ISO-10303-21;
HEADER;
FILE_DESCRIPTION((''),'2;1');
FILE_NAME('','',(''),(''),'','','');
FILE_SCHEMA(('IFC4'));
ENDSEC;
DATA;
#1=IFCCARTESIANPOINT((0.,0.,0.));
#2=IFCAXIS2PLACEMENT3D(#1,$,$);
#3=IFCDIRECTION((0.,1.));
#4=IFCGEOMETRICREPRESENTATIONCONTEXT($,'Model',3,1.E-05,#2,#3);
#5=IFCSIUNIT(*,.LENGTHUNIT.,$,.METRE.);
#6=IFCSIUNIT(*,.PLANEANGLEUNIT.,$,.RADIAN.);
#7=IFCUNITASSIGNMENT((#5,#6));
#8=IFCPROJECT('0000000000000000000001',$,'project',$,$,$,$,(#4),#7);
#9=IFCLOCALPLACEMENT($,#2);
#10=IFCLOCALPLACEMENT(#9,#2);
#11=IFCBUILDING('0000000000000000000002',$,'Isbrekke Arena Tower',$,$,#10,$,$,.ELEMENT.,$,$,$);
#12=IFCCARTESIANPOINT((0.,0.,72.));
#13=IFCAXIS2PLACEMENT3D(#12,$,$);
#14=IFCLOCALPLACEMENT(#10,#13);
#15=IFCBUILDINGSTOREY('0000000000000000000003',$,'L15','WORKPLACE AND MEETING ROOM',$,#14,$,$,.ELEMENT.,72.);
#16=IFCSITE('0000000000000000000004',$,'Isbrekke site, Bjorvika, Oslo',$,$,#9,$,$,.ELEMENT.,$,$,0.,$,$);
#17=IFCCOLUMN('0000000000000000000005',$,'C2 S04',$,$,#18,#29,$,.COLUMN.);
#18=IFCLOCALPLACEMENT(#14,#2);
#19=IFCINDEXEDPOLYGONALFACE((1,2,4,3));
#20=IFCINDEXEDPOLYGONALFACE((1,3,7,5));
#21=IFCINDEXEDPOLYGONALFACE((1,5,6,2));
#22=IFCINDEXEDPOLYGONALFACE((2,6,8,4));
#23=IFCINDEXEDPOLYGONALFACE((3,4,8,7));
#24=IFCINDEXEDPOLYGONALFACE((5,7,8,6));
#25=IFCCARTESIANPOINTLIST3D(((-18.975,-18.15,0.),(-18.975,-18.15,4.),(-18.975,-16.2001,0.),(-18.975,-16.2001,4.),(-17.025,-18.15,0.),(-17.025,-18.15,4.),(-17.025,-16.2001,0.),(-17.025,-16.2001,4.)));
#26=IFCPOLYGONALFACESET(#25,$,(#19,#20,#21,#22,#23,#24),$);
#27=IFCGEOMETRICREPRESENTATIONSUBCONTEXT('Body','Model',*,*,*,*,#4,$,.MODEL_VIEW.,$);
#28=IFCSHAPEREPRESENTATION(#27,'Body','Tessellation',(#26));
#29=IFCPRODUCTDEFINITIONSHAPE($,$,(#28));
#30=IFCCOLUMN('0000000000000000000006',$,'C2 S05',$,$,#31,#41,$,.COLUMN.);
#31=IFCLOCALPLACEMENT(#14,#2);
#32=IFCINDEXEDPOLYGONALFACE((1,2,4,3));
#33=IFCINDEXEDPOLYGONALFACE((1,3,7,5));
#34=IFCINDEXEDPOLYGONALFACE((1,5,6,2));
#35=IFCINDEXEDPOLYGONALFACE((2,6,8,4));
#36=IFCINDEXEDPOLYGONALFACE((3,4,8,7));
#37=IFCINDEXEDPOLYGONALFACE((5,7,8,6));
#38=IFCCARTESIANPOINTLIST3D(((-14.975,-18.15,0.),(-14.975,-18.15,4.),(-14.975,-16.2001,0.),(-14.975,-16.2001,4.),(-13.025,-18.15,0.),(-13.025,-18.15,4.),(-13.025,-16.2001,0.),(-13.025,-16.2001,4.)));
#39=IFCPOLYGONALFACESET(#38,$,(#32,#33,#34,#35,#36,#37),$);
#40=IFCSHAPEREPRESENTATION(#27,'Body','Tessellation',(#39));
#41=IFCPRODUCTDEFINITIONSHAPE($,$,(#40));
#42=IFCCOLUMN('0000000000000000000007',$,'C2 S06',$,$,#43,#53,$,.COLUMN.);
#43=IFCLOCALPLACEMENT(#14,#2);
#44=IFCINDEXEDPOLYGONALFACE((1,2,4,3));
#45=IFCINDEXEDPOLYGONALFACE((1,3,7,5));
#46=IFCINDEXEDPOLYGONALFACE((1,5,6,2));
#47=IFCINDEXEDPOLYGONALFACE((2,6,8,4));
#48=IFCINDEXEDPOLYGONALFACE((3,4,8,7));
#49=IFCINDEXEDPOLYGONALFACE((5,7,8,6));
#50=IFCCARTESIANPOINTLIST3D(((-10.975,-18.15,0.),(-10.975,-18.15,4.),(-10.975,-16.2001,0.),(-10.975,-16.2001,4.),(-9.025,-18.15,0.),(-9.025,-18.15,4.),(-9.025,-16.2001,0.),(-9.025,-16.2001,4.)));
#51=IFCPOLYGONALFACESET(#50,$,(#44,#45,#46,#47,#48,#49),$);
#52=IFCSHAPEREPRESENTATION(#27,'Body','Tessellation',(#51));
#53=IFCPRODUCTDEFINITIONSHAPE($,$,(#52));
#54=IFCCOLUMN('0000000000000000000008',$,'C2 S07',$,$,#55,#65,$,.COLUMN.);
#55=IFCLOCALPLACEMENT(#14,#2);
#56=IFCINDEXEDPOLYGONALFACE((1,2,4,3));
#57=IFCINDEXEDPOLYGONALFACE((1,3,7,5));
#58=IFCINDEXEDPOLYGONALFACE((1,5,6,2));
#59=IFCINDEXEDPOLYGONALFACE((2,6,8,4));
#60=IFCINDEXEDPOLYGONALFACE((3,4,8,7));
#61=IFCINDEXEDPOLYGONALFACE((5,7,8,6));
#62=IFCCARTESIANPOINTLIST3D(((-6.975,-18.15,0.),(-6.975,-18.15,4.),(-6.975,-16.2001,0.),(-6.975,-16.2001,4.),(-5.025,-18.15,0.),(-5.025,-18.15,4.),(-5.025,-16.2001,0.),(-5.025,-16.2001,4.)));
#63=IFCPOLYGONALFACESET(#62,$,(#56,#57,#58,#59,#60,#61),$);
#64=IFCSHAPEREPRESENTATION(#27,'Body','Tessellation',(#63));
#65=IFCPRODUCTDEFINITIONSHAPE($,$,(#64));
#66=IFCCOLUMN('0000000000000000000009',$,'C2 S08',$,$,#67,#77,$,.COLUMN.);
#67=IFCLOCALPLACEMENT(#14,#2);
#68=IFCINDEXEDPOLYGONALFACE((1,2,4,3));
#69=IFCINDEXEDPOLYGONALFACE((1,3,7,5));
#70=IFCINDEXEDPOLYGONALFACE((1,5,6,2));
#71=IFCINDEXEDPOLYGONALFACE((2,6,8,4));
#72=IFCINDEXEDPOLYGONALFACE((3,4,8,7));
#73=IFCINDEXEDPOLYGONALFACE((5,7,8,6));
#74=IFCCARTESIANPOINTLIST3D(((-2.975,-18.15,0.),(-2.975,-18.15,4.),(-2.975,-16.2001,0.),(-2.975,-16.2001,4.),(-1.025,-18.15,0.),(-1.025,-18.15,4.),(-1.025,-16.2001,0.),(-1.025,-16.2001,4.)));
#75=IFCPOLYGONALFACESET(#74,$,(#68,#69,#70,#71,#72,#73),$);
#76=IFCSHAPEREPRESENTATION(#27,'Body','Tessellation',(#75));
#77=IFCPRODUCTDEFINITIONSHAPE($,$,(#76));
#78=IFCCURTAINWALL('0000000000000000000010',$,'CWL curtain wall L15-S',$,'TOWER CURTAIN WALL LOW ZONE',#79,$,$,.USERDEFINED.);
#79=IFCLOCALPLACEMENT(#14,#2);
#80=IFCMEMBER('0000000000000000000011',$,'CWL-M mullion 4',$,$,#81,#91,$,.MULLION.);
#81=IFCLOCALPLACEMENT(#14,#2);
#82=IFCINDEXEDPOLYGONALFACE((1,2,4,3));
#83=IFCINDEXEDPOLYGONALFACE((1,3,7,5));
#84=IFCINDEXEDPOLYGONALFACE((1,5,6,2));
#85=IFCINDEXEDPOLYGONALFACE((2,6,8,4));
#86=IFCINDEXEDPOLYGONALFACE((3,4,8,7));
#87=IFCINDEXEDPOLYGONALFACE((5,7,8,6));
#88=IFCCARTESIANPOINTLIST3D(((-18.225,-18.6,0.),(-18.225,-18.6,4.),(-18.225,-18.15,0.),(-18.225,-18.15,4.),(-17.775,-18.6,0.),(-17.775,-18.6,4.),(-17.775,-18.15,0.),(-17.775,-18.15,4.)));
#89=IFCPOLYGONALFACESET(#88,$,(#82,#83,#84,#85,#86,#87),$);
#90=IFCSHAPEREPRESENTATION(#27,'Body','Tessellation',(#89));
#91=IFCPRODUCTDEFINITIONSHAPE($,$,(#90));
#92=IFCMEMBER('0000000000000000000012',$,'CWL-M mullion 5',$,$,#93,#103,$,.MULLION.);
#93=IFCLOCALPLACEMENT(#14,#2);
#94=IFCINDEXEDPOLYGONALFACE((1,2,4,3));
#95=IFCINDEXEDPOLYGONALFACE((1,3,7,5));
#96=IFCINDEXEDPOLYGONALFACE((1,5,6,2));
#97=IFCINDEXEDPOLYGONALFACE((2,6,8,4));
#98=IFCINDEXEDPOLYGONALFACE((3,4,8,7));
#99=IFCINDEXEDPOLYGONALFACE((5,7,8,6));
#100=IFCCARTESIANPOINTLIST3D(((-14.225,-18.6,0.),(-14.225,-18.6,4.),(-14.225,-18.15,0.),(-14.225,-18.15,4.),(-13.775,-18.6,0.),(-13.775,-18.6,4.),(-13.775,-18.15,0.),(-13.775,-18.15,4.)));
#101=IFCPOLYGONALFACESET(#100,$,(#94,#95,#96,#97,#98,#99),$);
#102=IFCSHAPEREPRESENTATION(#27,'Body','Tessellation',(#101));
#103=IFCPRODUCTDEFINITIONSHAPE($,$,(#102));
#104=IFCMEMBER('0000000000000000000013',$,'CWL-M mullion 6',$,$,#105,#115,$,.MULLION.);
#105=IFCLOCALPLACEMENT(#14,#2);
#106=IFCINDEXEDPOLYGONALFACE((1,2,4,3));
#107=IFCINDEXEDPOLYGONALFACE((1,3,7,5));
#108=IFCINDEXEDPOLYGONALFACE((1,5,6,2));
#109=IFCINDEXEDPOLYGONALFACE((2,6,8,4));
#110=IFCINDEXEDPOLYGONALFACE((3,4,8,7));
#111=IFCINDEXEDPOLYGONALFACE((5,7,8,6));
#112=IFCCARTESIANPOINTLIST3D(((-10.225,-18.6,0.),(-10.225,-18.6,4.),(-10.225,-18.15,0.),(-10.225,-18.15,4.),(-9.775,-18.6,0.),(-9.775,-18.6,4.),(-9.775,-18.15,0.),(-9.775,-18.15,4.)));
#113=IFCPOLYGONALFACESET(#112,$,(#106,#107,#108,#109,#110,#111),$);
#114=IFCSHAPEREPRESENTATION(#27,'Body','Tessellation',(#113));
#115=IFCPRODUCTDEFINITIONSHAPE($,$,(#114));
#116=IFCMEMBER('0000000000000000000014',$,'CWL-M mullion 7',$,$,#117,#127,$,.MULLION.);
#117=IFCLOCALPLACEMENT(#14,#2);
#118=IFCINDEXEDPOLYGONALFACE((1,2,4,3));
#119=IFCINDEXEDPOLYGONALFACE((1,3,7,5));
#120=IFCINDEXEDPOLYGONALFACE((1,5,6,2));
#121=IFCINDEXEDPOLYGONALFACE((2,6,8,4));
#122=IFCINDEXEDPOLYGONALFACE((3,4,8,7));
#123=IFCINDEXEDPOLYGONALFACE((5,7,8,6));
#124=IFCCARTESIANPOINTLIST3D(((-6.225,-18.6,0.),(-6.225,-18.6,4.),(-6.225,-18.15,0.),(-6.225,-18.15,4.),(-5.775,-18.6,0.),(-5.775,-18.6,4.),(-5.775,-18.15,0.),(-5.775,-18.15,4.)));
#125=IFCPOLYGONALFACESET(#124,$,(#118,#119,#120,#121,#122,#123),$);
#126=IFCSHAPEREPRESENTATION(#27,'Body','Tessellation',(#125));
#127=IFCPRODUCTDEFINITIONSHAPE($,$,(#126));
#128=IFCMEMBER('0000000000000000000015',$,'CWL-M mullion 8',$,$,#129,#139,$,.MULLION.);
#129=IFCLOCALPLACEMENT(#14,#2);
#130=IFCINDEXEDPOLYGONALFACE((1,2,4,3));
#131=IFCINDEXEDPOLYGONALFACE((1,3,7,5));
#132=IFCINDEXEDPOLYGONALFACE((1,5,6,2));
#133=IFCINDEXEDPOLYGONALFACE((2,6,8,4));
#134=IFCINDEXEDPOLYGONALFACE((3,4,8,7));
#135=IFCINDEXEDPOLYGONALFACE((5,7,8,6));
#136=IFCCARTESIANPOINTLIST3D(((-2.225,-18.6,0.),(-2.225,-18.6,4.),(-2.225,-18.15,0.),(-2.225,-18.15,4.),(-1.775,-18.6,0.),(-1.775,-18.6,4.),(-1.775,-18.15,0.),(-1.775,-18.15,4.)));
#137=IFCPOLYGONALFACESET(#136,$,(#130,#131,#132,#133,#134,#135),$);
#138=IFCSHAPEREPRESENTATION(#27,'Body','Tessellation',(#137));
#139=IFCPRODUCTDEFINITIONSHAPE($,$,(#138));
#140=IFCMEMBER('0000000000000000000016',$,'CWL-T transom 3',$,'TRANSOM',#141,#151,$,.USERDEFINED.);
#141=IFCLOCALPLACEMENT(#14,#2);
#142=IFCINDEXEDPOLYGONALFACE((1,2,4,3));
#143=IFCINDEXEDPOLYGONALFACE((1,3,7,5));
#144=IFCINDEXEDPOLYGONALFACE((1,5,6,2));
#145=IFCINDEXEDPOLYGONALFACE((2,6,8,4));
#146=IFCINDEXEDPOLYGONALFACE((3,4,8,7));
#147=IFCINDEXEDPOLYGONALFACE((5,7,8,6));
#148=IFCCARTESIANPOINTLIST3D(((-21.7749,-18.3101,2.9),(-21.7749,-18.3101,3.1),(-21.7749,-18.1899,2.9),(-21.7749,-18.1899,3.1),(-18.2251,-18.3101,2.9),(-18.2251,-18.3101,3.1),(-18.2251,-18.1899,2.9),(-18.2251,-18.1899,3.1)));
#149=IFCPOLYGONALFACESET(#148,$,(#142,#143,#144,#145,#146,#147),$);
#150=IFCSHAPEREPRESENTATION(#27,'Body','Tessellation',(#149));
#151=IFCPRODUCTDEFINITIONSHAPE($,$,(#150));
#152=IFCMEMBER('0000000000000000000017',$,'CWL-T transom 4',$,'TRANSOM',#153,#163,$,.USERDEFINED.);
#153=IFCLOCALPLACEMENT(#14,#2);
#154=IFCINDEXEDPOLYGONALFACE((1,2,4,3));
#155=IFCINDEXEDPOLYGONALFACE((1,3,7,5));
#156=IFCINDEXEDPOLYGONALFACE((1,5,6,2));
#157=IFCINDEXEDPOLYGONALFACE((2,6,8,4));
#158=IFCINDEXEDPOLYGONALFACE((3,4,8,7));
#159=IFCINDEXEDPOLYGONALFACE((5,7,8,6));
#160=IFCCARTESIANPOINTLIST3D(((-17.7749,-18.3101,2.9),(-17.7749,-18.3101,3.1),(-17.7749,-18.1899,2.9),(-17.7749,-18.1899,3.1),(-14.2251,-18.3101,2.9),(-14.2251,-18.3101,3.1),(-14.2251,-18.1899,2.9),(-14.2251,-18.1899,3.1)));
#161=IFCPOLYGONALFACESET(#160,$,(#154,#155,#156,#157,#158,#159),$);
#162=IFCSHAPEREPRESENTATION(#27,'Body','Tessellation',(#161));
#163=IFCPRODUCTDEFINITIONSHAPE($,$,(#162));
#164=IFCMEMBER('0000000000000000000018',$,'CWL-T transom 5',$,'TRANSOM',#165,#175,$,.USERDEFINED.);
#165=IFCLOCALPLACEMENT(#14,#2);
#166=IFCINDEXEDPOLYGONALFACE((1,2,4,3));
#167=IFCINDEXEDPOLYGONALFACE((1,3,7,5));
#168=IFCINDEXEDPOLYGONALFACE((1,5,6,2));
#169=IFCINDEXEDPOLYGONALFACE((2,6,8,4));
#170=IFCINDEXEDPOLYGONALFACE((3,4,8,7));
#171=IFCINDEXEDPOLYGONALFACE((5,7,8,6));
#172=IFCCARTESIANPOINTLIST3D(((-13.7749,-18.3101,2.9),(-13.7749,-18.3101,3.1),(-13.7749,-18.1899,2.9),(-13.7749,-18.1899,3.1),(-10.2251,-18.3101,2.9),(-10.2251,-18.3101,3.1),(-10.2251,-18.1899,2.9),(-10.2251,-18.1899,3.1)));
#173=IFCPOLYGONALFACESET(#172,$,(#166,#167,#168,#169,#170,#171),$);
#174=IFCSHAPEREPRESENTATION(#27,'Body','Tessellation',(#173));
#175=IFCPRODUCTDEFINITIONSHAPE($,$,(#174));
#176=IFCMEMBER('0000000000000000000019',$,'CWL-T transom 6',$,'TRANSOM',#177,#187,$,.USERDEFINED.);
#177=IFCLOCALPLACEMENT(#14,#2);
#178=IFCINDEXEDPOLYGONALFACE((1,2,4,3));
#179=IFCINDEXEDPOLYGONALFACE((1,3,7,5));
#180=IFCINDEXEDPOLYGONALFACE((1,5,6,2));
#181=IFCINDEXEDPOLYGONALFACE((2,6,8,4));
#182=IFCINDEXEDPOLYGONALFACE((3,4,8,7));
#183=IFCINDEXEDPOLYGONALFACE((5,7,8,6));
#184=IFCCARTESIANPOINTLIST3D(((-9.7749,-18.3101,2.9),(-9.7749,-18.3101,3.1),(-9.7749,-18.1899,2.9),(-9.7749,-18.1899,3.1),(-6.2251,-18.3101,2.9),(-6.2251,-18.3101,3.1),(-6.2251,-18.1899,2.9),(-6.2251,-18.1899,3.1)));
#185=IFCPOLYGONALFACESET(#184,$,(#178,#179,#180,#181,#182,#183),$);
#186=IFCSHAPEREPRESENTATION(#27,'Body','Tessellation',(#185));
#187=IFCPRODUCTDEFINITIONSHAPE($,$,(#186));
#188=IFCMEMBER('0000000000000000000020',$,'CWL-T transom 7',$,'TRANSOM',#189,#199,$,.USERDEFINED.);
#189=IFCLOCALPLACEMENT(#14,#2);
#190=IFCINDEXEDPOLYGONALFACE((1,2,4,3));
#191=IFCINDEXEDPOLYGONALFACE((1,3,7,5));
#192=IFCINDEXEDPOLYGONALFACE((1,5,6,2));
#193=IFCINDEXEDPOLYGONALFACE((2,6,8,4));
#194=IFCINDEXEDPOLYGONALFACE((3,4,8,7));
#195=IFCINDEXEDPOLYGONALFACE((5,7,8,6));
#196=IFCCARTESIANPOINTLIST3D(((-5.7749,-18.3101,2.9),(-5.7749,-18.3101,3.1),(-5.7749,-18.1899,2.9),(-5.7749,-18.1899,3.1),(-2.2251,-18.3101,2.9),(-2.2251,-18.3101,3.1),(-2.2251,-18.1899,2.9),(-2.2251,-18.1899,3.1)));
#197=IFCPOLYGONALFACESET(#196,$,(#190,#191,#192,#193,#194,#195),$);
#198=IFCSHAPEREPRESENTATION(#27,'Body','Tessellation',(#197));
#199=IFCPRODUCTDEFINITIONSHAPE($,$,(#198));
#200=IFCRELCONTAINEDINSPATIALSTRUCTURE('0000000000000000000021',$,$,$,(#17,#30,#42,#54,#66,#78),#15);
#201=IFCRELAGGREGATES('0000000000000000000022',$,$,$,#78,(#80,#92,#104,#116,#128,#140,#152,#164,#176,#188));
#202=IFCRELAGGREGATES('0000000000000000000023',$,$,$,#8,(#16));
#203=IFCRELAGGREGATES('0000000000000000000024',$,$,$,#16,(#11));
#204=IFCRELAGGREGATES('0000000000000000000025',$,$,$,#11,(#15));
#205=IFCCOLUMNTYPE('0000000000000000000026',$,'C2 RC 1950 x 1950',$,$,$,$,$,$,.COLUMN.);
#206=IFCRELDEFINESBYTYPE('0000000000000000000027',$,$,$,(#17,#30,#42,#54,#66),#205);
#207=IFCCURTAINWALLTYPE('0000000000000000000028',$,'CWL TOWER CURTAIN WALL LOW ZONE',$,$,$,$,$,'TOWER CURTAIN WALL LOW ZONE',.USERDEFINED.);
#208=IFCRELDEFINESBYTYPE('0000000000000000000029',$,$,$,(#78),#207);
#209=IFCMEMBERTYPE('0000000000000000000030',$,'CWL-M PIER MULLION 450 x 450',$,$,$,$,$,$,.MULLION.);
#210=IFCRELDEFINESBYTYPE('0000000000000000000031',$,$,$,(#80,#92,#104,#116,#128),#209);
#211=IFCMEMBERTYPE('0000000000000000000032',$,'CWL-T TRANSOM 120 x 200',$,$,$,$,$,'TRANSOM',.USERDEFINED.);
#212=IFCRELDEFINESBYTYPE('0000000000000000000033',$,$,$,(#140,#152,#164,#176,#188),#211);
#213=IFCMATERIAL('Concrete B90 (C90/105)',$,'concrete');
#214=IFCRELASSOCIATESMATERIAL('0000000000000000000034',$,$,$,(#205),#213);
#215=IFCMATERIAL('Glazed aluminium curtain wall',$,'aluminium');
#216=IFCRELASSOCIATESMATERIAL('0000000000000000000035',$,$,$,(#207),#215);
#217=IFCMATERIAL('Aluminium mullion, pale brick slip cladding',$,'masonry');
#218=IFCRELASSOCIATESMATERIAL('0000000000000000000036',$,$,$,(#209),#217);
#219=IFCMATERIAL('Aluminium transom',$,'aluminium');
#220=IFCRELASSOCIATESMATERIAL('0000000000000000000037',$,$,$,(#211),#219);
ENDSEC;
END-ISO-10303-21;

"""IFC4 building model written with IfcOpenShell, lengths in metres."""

from ifc_helpers import new_model, si_unit, direction, frame, origin, origin_2d, place, context, subcontext, project, spatial, rectangle, extrude, material, material_profile, profile_set, type_object, element, aggregate, save


model = new_model("IFC4")

# Units and contexts
model_context = context("Model", 3, precision=1e-05, world=origin(), true_north=direction((0.0, 1.0)))
body_context = subcontext(model_context, "Body", "Model", "MODEL_VIEW")
ifc_project = project(units=[si_unit("LENGTHUNIT", "METRE"), si_unit("PLANEANGLEUNIT", "RADIAN")], contexts=[model_context])

# Site, building, storey
site_placement = place(None, origin())
site = spatial("IfcSite", under=ifc_project, at=site_placement, Name="Isbrekke site, Bjorvika, Oslo", CompositionType="ELEMENT", RefElevation=0.0)
building_placement = place(site_placement, origin())
building = spatial("IfcBuilding", under=site, at=building_placement, Name="Isbrekke Arena Tower", CompositionType="ELEMENT")
storey_placement = place(building_placement, frame((0.0, 0.0, 72.0)))
storey = spatial("IfcBuildingStorey", under=building, at=storey_placement, Name="L15", Description="WORKPLACE AND MEETING ROOM", CompositionType="ELEMENT", Elevation=72.0)

# Columns
ifc_material_1 = material(Name="Concrete B90 (C90/105)", Category="concrete")
ifc_material_profile_1 = material_profile(ifc_material_1, rectangle(XDim=1.95, YDim=1.95, at=origin_2d()), Name="RC 1950x1950")
ifc_profile_set_1 = profile_set([ifc_material_profile_1], Name="Concrete B90 (C90/105)")
column_type = type_object("IfcColumnType", Name="C2 RC 1950 x 1950", PredefinedType="COLUMN", material=ifc_profile_set_1)
for number, where, z_axis, x_axis, name in (
    (1, (-18.0, -17.175, 0.0), (0.0, 0.0, 1.0), (1.0, 0.0, 0.0), "C2 S04"),
    (2, (-14.0, -17.175, 0.0), (0.0, 0.0, 1.0), (1.0, 0.0, 0.0), "C2 S05"),
    (3, (-10.0, -17.175, 0.0), (0.0, 0.0, 1.0), (1.0, 0.0, 0.0), "C2 S06"),
    (4, (-6.0, -17.175, 0.0), (0.0, 0.0, 1.0), (1.0, 0.0, 0.0), "C2 S07"),
    (5, (-2.0, -17.175, 0.0), (0.0, 0.0, 1.0), (1.0, 0.0, 0.0), "C2 S08"),
):
    element("IfcColumn", number, at=place(storey_placement, frame(where, z_axis=z_axis, x_axis=x_axis)), inside=storey, type_object=column_type, Name=name, PredefinedType="COLUMN", context=body_context, shape_type="SweptSolid", body=[
        extrude(rectangle(XDim=1.95, YDim=1.95, at=origin_2d()), origin(), (0.0, 0.0, 1.0), 4.0),
    ])

# Curtain wall, members
ifc_material_2 = material(Name="Glazed aluminium curtain wall", Category="aluminium")
curtain_wall_type = type_object("IfcCurtainWallType", Name="CWL TOWER CURTAIN WALL LOW ZONE", ElementType="TOWER CURTAIN WALL LOW ZONE", PredefinedType="USERDEFINED", material=ifc_material_2)
curtain_wall_placement = place(storey_placement, origin())
curtain_wall = element("IfcCurtainWall", 6, at=curtain_wall_placement, inside=storey, type_object=curtain_wall_type, Name="CWL curtain wall L15-S", ObjectType="TOWER CURTAIN WALL LOW ZONE", PredefinedType="USERDEFINED")
ifc_material_3 = material(Name="Aluminium mullion, pale brick slip cladding", Category="masonry")
ifc_material_profile_2 = material_profile(ifc_material_3, rectangle(XDim=0.45, YDim=0.45, at=origin_2d()), Name="PIER 450X450")
ifc_profile_set_2 = profile_set([ifc_material_profile_2], Name="Aluminium mullion, pale brick slip cladding")
member_type_1 = type_object("IfcMemberType", Name="CWL-M PIER MULLION 450 x 450", PredefinedType="MULLION", material=ifc_profile_set_2)
member_1_placement = place(storey_placement, frame((-18.0, -18.375, 0.0), z_axis=(0.0, 0.0, 1.0), x_axis=(1.0, 0.0, 0.0)))
member_1 = element("IfcMember", 7, at=member_1_placement, type_object=member_type_1, Name="CWL-M mullion 4", PredefinedType="MULLION", context=body_context, shape_type="SweptSolid", body=[
    extrude(rectangle(XDim=0.45, YDim=0.45, at=origin_2d()), origin(), (0.0, 0.0, 1.0), 4.0),
])
member_2_placement = place(storey_placement, frame((-14.0, -18.375, 0.0), z_axis=(0.0, 0.0, 1.0), x_axis=(1.0, 0.0, 0.0)))
member_2 = element("IfcMember", 8, at=member_2_placement, type_object=member_type_1, Name="CWL-M mullion 5", PredefinedType="MULLION", context=body_context, shape_type="SweptSolid", body=[
    extrude(rectangle(XDim=0.45, YDim=0.45, at=origin_2d()), origin(), (0.0, 0.0, 1.0), 4.0),
])
member_3_placement = place(storey_placement, frame((-10.0, -18.375, 0.0), z_axis=(0.0, 0.0, 1.0), x_axis=(1.0, 0.0, 0.0)))
member_3 = element("IfcMember", 9, at=member_3_placement, type_object=member_type_1, Name="CWL-M mullion 6", PredefinedType="MULLION", context=body_context, shape_type="SweptSolid", body=[
    extrude(rectangle(XDim=0.45, YDim=0.45, at=origin_2d()), origin(), (0.0, 0.0, 1.0), 4.0),
])
member_4_placement = place(storey_placement, frame((-6.0, -18.375, 0.0), z_axis=(0.0, 0.0, 1.0), x_axis=(1.0, 0.0, 0.0)))
member_4 = element("IfcMember", 10, at=member_4_placement, type_object=member_type_1, Name="CWL-M mullion 7", PredefinedType="MULLION", context=body_context, shape_type="SweptSolid", body=[
    extrude(rectangle(XDim=0.45, YDim=0.45, at=origin_2d()), origin(), (0.0, 0.0, 1.0), 4.0),
])
member_5_placement = place(storey_placement, frame((-2.0, -18.375, 0.0), z_axis=(0.0, 0.0, 1.0), x_axis=(1.0, 0.0, 0.0)))
member_5 = element("IfcMember", 11, at=member_5_placement, type_object=member_type_1, Name="CWL-M mullion 8", PredefinedType="MULLION", context=body_context, shape_type="SweptSolid", body=[
    extrude(rectangle(XDim=0.45, YDim=0.45, at=origin_2d()), origin(), (0.0, 0.0, 1.0), 4.0),
])
ifc_material_4 = material(Name="Aluminium transom", Category="aluminium")
ifc_material_profile_3 = material_profile(ifc_material_4, rectangle(XDim=0.1201, YDim=0.2, at=origin_2d()), Name="TRANSOM 120X200")
ifc_profile_set_3 = profile_set([ifc_material_profile_3], Name="Aluminium transom")
member_type_2 = type_object("IfcMemberType", Name="CWL-T TRANSOM 120 x 200", ElementType="TRANSOM", PredefinedType="USERDEFINED", material=ifc_profile_set_3)
member_6_placement = place(storey_placement, frame((-21.7749, -18.25, 3.0), z_axis=(1.0, 0.0, 0.0), x_axis=(0.0, 1.0, 0.0)))
member_6 = element("IfcMember", 12, at=member_6_placement, type_object=member_type_2, Name="CWL-T transom 3", ObjectType="TRANSOM", PredefinedType="USERDEFINED", context=body_context, shape_type="SweptSolid", body=[
    extrude(rectangle(XDim=0.1201, YDim=0.2, at=origin_2d()), origin(), (0.0, 0.0, 1.0), 3.5498),
])
member_7_placement = place(storey_placement, frame((-17.7749, -18.25, 3.0), z_axis=(1.0, 0.0, 0.0), x_axis=(0.0, 1.0, 0.0)))
member_7 = element("IfcMember", 13, at=member_7_placement, type_object=member_type_2, Name="CWL-T transom 4", ObjectType="TRANSOM", PredefinedType="USERDEFINED", context=body_context, shape_type="SweptSolid", body=[
    extrude(rectangle(XDim=0.1201, YDim=0.2, at=origin_2d()), origin(), (0.0, 0.0, 1.0), 3.5498),
])
member_8_placement = place(storey_placement, frame((-13.7749, -18.25, 3.0), z_axis=(1.0, 0.0, 0.0), x_axis=(0.0, 1.0, 0.0)))
member_8 = element("IfcMember", 14, at=member_8_placement, type_object=member_type_2, Name="CWL-T transom 5", ObjectType="TRANSOM", PredefinedType="USERDEFINED", context=body_context, shape_type="SweptSolid", body=[
    extrude(rectangle(XDim=0.1201, YDim=0.2, at=origin_2d()), origin(), (0.0, 0.0, 1.0), 3.5498),
])
member_9_placement = place(storey_placement, frame((-9.7749, -18.25, 3.0), z_axis=(1.0, 0.0, 0.0), x_axis=(0.0, 1.0, 0.0)))
member_9 = element("IfcMember", 15, at=member_9_placement, type_object=member_type_2, Name="CWL-T transom 6", ObjectType="TRANSOM", PredefinedType="USERDEFINED", context=body_context, shape_type="SweptSolid", body=[
    extrude(rectangle(XDim=0.1201, YDim=0.2, at=origin_2d()), origin(), (0.0, 0.0, 1.0), 3.5498),
])
member_10_placement = place(storey_placement, frame((-5.7749, -18.25, 3.0), z_axis=(1.0, 0.0, 0.0), x_axis=(0.0, 1.0, 0.0)))
member_10 = element("IfcMember", 16, at=member_10_placement, type_object=member_type_2, Name="CWL-T transom 7", ObjectType="TRANSOM", PredefinedType="USERDEFINED", context=body_context, shape_type="SweptSolid", body=[
    extrude(rectangle(XDim=0.1201, YDim=0.2, at=origin_2d()), origin(), (0.0, 0.0, 1.0), 3.5498),
])

aggregate(curtain_wall, [member_1, member_2, member_3, member_4, member_5, member_6, member_7, member_8, member_9, member_10])

save(model, "model.ifc")
